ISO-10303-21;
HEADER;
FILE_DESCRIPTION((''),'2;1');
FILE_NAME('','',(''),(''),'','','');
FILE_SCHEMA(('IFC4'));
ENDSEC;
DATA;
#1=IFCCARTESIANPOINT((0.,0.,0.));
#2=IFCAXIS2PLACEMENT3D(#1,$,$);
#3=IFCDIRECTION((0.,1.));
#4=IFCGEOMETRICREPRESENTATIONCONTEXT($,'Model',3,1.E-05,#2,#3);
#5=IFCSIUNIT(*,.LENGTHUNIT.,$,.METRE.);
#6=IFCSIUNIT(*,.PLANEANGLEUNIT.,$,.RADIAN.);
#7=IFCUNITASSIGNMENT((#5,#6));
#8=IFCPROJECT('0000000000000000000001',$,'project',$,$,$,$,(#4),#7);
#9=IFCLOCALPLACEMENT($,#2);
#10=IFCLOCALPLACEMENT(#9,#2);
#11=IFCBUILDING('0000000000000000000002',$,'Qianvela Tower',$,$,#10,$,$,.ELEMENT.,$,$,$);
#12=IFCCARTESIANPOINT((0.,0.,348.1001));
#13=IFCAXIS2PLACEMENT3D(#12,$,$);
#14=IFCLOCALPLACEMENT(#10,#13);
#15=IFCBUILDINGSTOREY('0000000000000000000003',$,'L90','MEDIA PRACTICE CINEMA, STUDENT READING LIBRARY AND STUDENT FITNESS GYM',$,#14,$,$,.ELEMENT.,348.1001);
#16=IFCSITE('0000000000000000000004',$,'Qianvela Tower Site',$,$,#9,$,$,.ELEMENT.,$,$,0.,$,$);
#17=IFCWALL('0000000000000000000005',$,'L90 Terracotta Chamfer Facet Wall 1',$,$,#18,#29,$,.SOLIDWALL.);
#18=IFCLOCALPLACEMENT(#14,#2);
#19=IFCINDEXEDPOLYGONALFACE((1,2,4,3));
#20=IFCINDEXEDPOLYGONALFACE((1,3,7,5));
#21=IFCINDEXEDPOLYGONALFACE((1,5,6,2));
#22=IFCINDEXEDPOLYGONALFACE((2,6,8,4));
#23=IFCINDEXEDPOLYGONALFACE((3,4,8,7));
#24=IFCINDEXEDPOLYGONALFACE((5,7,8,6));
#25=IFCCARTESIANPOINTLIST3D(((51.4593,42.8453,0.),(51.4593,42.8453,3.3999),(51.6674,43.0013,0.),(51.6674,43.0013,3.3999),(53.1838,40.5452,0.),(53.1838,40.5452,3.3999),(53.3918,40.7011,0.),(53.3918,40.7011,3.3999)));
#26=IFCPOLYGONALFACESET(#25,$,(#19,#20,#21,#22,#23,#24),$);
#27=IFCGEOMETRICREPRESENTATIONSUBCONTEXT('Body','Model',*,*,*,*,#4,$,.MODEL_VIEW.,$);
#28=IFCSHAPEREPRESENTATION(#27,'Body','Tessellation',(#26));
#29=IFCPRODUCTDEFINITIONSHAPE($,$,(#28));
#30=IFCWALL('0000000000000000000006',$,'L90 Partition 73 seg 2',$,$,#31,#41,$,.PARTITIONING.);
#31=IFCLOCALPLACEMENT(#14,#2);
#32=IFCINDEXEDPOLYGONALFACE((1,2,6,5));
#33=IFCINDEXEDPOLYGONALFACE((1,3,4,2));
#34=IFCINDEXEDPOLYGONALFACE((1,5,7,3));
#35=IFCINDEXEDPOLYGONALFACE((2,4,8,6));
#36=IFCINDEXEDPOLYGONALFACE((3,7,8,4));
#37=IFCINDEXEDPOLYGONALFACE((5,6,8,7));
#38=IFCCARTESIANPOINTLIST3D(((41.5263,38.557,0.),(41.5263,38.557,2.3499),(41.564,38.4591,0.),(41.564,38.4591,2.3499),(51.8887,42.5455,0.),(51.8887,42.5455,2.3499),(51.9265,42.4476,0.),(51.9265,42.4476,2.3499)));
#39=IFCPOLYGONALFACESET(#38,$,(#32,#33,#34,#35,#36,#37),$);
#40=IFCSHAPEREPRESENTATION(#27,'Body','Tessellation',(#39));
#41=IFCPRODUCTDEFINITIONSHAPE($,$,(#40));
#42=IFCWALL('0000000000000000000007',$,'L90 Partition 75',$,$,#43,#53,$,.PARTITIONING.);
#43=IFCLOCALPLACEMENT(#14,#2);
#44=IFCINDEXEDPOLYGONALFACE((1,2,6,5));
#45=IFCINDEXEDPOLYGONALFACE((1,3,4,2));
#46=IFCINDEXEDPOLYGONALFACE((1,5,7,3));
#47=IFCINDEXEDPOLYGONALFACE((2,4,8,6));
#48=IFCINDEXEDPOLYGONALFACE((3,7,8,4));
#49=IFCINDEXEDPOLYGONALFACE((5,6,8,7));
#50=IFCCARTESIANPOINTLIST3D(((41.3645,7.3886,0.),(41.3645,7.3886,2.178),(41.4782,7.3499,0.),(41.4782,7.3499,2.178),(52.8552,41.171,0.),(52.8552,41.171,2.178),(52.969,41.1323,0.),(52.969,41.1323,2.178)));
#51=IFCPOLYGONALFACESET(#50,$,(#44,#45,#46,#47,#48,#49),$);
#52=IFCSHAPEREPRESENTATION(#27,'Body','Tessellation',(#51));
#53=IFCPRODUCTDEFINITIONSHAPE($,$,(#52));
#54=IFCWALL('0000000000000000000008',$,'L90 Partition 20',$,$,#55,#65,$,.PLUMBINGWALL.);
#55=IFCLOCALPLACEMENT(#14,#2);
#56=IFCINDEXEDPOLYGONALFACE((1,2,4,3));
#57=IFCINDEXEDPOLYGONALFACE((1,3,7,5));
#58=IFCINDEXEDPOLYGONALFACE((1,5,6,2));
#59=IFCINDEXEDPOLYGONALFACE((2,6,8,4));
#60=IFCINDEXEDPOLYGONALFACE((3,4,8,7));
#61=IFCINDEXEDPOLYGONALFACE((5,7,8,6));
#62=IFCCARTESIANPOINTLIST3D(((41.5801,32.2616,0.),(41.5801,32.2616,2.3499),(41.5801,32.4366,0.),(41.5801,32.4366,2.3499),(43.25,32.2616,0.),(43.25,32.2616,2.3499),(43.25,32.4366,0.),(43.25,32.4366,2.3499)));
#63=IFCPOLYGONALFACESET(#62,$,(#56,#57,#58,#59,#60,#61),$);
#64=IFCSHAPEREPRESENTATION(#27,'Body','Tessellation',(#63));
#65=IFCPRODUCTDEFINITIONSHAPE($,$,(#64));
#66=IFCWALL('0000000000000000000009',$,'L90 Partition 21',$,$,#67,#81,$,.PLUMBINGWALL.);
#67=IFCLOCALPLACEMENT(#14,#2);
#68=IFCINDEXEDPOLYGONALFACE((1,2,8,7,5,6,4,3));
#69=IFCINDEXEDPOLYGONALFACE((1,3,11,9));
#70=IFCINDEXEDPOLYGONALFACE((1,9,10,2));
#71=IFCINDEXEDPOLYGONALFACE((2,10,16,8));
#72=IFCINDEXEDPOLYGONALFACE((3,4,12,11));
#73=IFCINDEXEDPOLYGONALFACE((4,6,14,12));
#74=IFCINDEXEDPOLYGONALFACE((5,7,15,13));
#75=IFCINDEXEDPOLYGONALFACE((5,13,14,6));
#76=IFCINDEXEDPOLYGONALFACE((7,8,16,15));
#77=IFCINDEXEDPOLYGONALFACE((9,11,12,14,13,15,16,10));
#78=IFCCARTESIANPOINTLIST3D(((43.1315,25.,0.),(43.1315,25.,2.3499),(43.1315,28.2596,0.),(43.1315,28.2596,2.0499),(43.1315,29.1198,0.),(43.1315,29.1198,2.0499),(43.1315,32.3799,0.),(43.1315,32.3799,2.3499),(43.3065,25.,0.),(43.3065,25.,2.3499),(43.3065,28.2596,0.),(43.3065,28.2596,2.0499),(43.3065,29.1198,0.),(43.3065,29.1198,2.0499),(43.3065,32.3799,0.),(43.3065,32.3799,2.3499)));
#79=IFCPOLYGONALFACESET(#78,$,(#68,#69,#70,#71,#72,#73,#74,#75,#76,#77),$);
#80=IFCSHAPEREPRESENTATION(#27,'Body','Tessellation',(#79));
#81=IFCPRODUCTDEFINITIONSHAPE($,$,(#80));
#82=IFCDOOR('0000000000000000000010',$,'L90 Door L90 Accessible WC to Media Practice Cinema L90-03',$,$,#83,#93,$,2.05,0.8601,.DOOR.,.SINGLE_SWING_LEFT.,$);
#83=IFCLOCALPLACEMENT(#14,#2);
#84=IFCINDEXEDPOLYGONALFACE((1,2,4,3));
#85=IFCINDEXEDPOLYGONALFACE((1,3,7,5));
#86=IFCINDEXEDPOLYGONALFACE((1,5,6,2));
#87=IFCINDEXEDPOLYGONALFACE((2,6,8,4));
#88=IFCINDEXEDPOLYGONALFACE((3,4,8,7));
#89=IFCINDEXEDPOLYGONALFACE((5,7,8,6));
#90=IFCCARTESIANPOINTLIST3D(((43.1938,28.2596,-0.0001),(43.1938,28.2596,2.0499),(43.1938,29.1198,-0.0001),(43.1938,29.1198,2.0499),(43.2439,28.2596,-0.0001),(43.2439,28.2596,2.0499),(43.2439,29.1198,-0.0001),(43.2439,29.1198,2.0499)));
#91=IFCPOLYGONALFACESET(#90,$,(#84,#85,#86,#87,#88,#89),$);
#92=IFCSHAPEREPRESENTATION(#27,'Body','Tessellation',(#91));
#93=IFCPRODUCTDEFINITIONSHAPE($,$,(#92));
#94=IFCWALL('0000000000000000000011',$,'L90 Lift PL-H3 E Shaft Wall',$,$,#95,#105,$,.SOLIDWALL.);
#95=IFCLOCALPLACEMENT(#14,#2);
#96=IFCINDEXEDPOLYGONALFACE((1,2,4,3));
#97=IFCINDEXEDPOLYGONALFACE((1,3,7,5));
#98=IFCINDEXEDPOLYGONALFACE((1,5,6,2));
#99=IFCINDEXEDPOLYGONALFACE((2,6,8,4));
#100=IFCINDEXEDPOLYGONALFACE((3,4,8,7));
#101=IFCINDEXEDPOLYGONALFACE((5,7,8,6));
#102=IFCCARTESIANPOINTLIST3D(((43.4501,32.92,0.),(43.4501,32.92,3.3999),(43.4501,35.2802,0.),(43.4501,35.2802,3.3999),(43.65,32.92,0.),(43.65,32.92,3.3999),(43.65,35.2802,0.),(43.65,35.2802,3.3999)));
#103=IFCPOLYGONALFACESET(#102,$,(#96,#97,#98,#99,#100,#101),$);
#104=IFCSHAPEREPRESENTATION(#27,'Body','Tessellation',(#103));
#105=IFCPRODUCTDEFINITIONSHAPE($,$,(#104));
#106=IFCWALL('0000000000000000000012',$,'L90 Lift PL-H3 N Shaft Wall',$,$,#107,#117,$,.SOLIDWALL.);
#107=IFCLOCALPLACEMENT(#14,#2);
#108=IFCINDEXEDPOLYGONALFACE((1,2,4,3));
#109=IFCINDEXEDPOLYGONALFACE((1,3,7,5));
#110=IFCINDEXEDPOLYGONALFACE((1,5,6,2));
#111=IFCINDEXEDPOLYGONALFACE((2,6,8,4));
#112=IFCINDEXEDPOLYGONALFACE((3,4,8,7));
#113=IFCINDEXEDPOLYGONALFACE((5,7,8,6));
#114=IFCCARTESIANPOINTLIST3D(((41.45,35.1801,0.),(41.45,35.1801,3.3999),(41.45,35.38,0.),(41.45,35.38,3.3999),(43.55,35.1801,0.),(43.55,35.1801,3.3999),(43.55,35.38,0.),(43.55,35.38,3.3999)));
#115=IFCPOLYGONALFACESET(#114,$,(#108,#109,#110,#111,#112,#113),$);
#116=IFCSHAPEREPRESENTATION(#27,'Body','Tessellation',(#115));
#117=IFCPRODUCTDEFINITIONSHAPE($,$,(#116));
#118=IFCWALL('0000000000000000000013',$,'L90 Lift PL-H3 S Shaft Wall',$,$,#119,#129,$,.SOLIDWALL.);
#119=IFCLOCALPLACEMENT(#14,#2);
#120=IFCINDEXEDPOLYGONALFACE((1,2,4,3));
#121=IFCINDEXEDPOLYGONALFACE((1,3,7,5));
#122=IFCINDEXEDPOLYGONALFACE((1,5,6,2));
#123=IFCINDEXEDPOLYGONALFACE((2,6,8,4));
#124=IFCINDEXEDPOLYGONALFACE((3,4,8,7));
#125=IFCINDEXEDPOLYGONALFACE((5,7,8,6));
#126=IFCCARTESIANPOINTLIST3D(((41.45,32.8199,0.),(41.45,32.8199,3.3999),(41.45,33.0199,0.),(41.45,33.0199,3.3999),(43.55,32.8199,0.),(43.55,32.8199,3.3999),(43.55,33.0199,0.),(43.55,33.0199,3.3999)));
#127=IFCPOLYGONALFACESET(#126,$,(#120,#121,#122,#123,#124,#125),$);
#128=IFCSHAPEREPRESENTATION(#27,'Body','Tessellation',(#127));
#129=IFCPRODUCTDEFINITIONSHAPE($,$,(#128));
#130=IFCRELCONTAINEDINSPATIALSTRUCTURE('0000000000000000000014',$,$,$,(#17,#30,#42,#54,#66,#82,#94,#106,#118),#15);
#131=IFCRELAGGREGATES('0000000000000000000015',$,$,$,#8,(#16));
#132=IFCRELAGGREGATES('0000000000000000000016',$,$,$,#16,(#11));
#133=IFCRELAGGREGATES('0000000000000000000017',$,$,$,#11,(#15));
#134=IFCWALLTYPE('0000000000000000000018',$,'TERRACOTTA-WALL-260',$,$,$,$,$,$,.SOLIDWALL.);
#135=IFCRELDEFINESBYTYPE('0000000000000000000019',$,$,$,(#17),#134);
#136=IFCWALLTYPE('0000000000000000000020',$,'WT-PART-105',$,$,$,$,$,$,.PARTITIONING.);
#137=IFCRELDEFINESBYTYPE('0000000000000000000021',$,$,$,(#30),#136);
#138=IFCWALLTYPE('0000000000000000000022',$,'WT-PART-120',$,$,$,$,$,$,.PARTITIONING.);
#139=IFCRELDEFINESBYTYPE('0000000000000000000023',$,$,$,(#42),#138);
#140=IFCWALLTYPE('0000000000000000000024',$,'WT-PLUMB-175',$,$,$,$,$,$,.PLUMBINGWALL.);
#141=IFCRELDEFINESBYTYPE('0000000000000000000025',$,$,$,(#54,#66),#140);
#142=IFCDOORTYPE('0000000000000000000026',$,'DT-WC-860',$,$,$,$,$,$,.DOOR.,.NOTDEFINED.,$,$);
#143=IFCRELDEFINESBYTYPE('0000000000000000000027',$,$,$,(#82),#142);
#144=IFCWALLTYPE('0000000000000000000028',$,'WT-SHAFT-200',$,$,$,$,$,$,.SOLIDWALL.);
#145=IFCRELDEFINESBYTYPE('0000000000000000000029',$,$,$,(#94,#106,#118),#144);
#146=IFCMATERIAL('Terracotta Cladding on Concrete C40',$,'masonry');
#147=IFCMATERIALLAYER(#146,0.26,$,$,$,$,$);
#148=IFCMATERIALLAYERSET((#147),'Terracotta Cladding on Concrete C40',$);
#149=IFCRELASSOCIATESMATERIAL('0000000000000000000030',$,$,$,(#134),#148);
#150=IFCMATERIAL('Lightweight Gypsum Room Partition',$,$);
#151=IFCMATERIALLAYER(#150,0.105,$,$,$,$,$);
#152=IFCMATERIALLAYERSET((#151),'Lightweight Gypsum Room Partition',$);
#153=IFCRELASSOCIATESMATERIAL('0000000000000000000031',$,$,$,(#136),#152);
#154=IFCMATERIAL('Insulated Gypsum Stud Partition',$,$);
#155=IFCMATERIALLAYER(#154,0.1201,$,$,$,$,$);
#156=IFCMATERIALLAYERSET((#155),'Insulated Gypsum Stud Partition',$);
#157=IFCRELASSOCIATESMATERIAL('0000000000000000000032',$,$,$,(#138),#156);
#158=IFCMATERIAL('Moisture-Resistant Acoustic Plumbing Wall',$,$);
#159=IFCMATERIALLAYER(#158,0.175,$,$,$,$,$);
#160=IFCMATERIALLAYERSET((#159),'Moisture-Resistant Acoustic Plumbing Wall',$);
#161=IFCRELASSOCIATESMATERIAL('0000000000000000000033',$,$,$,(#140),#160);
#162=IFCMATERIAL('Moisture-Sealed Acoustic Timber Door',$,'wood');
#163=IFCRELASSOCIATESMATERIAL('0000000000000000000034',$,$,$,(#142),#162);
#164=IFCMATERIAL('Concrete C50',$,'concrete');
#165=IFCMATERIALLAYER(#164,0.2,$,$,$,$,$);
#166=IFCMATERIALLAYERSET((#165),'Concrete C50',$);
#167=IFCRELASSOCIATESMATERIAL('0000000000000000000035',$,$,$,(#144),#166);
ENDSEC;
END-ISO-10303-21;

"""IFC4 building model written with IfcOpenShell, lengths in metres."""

from ifc_helpers import new_model, si_unit, direction, frame, frame_2d, origin, place, context, subcontext, project, spatial, rectangle, extrude, material, layer, layer_set, type_object, element, fill, save


model = new_model("IFC4")

# Units and contexts
model_context = context("Model", 3, precision=1e-05, world=origin(), true_north=direction((0.0, 1.0)))
body_context = subcontext(model_context, "Body", "Model", "MODEL_VIEW")
ifc_project = project(units=[si_unit("LENGTHUNIT", "METRE"), si_unit("PLANEANGLEUNIT", "RADIAN")], contexts=[model_context])

# Site, building, storey
site_placement = place(None, origin())
site = spatial("IfcSite", under=ifc_project, at=site_placement, Name="Qianvela Tower Site", CompositionType="ELEMENT", RefElevation=0.0)
building_placement = place(site_placement, origin())
building = spatial("IfcBuilding", under=site, at=building_placement, Name="Qianvela Tower", CompositionType="ELEMENT")
storey_placement = place(building_placement, frame((0.0, 0.0, 348.1001)))
storey = spatial("IfcBuildingStorey", under=building, at=storey_placement, Name="L90", Description="MEDIA PRACTICE CINEMA, STUDENT READING LIBRARY AND STUDENT FITNESS GYM", CompositionType="ELEMENT", Elevation=348.1001)

# Walls
ifc_material_1 = material(Name="Terracotta Cladding on Concrete C40", Category="masonry")
ifc_layer_1 = layer(ifc_material_1, 0.26)
ifc_layer_set_1 = layer_set([ifc_layer_1], Name="Terracotta Cladding on Concrete C40")
wall_type_1 = type_object("IfcWallType", Name="TERRACOTTA-WALL-260", PredefinedType="SOLIDWALL", material=ifc_layer_set_1)
wall_1_placement = place(storey_placement, frame((53.2878, 40.623, 0.0), z_axis=(0.0, 0.0, 1.0), x_axis=(-0.599851, 0.800112, 0.0)))
element("IfcWall", 1, at=wall_1_placement, inside=storey, type_object=wall_type_1, Name="L90 Terracotta Chamfer Facet Wall 1", PredefinedType="SOLIDWALL", context=body_context, shape_type="SweptSolid", body=[
    extrude(rectangle(XDim=2.8748, YDim=0.26, at=frame_2d((1.4375, 0.0))), origin(), (0.0, 0.0, 1.0), 3.3999),
])
ifc_material_2 = material(Name="Lightweight Gypsum Room Partition")
ifc_layer_2 = layer(ifc_material_2, 0.105)
ifc_layer_set_2 = layer_set([ifc_layer_2], Name="Lightweight Gypsum Room Partition")
wall_type_2 = type_object("IfcWallType", Name="WT-PART-105", PredefinedType="PARTITIONING", material=ifc_layer_set_2)
wall_2_placement = place(storey_placement, frame((41.5452, 38.5081, 0.0), z_axis=(0.0, 0.0, 1.0), x_axis=(0.933257, 0.359209, 0.0)))
element("IfcWall", 2, at=wall_2_placement, inside=storey, type_object=wall_type_2, Name="L90 Partition 73 seg 2", PredefinedType="PARTITIONING", context=body_context, shape_type="SweptSolid", body=[
    extrude(rectangle(XDim=11.1035, YDim=0.105, at=frame_2d((5.5518, 0.0))), origin(), (0.0, 0.0, 1.0), 2.3499),
])
ifc_material_3 = material(Name="Insulated Gypsum Stud Partition")
ifc_layer_3 = layer(ifc_material_3, 0.1201)
ifc_layer_set_3 = layer_set([ifc_layer_3], Name="Insulated Gypsum Stud Partition")
wall_type_3 = type_object("IfcWallType", Name="WT-PART-120", PredefinedType="PARTITIONING", material=ifc_layer_set_3)
wall_3_placement = place(storey_placement, frame((52.9121, 41.1516, 0.0), z_axis=(0.0, 0.0, 1.0), x_axis=(-0.322022, -0.946732, 0.0)))
element("IfcWall", 3, at=wall_3_placement, inside=storey, type_object=wall_type_3, Name="L90 Partition 75", PredefinedType="PARTITIONING", context=body_context, shape_type="SweptSolid", body=[
    extrude(rectangle(XDim=35.6831, YDim=0.1201, at=frame_2d((17.8416, 0.0))), origin(), (0.0, 0.0, 1.0), 2.178),
])
ifc_material_4 = material(Name="Moisture-Resistant Acoustic Plumbing Wall")
ifc_layer_4 = layer(ifc_material_4, 0.175)
ifc_layer_set_4 = layer_set([ifc_layer_4], Name="Moisture-Resistant Acoustic Plumbing Wall")
wall_type_4 = type_object("IfcWallType", Name="WT-PLUMB-175", PredefinedType="PLUMBINGWALL", material=ifc_layer_set_4)
wall_4_placement = place(storey_placement, frame((41.5801, 32.3491, 0.0), z_axis=(0.0, 0.0, 1.0), x_axis=(1.0, 0.0, 0.0)))
element("IfcWall", 4, at=wall_4_placement, inside=storey, type_object=wall_type_4, Name="L90 Partition 20", PredefinedType="PLUMBINGWALL", context=body_context, shape_type="SweptSolid", body=[
    extrude(rectangle(XDim=1.6699, YDim=0.175, at=frame_2d((0.835, 0.0))), origin(), (0.0, 0.0, 1.0), 2.3499),
])

# Wall, opening, door
wall_5_placement = place(storey_placement, frame((43.219, 32.3799, 0.0), z_axis=(0.0, 0.0, 1.0), x_axis=(0.0, -1.0, 0.0)))
wall_5 = element("IfcWall", 5, at=wall_5_placement, inside=storey, type_object=wall_type_4, Name="L90 Partition 21", PredefinedType="PLUMBINGWALL", context=body_context, shape_type="SweptSolid", body=[
    extrude(rectangle(XDim=7.3799, YDim=0.175, at=frame_2d((3.6899, 0.0))), origin(), (0.0, 0.0, 1.0), 2.3499),
])
opening_1_placement = place(wall_5_placement, frame((3.26, 0.0, 0.0)))
opening_1 = element("IfcOpeningElement", 6, at=opening_1_placement, cuts=wall_5, PredefinedType="OPENING", context=body_context, shape_type="SweptSolid", body=[
    extrude(rectangle(XDim=0.8601, YDim=2.05, at=frame_2d((0.4302, 1.0249))), frame((0.0, 0.0974, 0.0), z_axis=(0.0, -1.0, 0.0), x_axis=(1.0, 0.0, 0.0)), (0.0, 0.0, 1.0), 0.1951),
])
ifc_material_5 = material(Name="Moisture-Sealed Acoustic Timber Door", Category="wood")
door_type_1 = type_object("IfcDoorType", Name="DT-WC-860", OperationType="NOTDEFINED", PredefinedType="DOOR", material=ifc_material_5)
door_1_placement = place(opening_1_placement, origin())
door_1 = element("IfcDoor", 7, at=door_1_placement, inside=storey, type_object=door_type_1, Name="L90 Door L90 Accessible WC to Media Practice Cinema L90-03", OperationType="SINGLE_SWING_LEFT", OverallHeight=2.05, OverallWidth=0.8601, PredefinedType="DOOR", context=body_context, shape_type="SweptSolid", body=[
    extrude(rectangle(XDim=0.8601, YDim=2.05, at=frame_2d((0.4302, 1.0249))), frame((0.0, 0.0249, 0.0), z_axis=(0.0, -1.0, 0.0), x_axis=(1.0, 0.0, 0.0)), (0.0, 0.0, 1.0), 0.05),
])
fill(opening_1, door_1)

# Wall
ifc_material_6 = material(Name="Concrete C50", Category="concrete")
ifc_layer_5 = layer(ifc_material_6, 0.2)
ifc_layer_set_5 = layer_set([ifc_layer_5], Name="Concrete C50")
wall_type_5 = type_object("IfcWallType", Name="WT-SHAFT-200", PredefinedType="SOLIDWALL", material=ifc_layer_set_5)
wall_6_placement = place(storey_placement, frame((43.55, 32.9199, 0.0), z_axis=(0.0, 0.0, 1.0), x_axis=(0.0, 1.0, 0.0)))
element("IfcWall", 8, at=wall_6_placement, inside=storey, type_object=wall_type_5, Name="L90 Lift PL-H3 E Shaft Wall", PredefinedType="SOLIDWALL", context=body_context, shape_type="SweptSolid", body=[
    extrude(rectangle(XDim=2.3601, YDim=0.2, at=frame_2d((1.1802, 0.0))), origin(), (0.0, 0.0, 1.0), 3.3999),
])

# Walls
for number, where, z_axis, x_axis, name in (
    (9, (41.45, 35.28, 0.0), (0.0, 0.0, 1.0), (1.0, 0.0, 0.0), "L90 Lift PL-H3 N Shaft Wall"),
    (10, (41.45, 32.9199, 0.0), (0.0, 0.0, 1.0), (1.0, 0.0, 0.0), "L90 Lift PL-H3 S Shaft Wall"),
):
    element("IfcWall", number, at=place(storey_placement, frame(where, z_axis=z_axis, x_axis=x_axis)), inside=storey, type_object=wall_type_5, Name=name, PredefinedType="SOLIDWALL", context=body_context, shape_type="SweptSolid", body=[
        extrude(rectangle(XDim=2.1001, YDim=0.2, at=frame_2d((1.05, 0.0))), origin(), (0.0, 0.0, 1.0), 3.3999),
    ])

save(model, "model.ifc")
